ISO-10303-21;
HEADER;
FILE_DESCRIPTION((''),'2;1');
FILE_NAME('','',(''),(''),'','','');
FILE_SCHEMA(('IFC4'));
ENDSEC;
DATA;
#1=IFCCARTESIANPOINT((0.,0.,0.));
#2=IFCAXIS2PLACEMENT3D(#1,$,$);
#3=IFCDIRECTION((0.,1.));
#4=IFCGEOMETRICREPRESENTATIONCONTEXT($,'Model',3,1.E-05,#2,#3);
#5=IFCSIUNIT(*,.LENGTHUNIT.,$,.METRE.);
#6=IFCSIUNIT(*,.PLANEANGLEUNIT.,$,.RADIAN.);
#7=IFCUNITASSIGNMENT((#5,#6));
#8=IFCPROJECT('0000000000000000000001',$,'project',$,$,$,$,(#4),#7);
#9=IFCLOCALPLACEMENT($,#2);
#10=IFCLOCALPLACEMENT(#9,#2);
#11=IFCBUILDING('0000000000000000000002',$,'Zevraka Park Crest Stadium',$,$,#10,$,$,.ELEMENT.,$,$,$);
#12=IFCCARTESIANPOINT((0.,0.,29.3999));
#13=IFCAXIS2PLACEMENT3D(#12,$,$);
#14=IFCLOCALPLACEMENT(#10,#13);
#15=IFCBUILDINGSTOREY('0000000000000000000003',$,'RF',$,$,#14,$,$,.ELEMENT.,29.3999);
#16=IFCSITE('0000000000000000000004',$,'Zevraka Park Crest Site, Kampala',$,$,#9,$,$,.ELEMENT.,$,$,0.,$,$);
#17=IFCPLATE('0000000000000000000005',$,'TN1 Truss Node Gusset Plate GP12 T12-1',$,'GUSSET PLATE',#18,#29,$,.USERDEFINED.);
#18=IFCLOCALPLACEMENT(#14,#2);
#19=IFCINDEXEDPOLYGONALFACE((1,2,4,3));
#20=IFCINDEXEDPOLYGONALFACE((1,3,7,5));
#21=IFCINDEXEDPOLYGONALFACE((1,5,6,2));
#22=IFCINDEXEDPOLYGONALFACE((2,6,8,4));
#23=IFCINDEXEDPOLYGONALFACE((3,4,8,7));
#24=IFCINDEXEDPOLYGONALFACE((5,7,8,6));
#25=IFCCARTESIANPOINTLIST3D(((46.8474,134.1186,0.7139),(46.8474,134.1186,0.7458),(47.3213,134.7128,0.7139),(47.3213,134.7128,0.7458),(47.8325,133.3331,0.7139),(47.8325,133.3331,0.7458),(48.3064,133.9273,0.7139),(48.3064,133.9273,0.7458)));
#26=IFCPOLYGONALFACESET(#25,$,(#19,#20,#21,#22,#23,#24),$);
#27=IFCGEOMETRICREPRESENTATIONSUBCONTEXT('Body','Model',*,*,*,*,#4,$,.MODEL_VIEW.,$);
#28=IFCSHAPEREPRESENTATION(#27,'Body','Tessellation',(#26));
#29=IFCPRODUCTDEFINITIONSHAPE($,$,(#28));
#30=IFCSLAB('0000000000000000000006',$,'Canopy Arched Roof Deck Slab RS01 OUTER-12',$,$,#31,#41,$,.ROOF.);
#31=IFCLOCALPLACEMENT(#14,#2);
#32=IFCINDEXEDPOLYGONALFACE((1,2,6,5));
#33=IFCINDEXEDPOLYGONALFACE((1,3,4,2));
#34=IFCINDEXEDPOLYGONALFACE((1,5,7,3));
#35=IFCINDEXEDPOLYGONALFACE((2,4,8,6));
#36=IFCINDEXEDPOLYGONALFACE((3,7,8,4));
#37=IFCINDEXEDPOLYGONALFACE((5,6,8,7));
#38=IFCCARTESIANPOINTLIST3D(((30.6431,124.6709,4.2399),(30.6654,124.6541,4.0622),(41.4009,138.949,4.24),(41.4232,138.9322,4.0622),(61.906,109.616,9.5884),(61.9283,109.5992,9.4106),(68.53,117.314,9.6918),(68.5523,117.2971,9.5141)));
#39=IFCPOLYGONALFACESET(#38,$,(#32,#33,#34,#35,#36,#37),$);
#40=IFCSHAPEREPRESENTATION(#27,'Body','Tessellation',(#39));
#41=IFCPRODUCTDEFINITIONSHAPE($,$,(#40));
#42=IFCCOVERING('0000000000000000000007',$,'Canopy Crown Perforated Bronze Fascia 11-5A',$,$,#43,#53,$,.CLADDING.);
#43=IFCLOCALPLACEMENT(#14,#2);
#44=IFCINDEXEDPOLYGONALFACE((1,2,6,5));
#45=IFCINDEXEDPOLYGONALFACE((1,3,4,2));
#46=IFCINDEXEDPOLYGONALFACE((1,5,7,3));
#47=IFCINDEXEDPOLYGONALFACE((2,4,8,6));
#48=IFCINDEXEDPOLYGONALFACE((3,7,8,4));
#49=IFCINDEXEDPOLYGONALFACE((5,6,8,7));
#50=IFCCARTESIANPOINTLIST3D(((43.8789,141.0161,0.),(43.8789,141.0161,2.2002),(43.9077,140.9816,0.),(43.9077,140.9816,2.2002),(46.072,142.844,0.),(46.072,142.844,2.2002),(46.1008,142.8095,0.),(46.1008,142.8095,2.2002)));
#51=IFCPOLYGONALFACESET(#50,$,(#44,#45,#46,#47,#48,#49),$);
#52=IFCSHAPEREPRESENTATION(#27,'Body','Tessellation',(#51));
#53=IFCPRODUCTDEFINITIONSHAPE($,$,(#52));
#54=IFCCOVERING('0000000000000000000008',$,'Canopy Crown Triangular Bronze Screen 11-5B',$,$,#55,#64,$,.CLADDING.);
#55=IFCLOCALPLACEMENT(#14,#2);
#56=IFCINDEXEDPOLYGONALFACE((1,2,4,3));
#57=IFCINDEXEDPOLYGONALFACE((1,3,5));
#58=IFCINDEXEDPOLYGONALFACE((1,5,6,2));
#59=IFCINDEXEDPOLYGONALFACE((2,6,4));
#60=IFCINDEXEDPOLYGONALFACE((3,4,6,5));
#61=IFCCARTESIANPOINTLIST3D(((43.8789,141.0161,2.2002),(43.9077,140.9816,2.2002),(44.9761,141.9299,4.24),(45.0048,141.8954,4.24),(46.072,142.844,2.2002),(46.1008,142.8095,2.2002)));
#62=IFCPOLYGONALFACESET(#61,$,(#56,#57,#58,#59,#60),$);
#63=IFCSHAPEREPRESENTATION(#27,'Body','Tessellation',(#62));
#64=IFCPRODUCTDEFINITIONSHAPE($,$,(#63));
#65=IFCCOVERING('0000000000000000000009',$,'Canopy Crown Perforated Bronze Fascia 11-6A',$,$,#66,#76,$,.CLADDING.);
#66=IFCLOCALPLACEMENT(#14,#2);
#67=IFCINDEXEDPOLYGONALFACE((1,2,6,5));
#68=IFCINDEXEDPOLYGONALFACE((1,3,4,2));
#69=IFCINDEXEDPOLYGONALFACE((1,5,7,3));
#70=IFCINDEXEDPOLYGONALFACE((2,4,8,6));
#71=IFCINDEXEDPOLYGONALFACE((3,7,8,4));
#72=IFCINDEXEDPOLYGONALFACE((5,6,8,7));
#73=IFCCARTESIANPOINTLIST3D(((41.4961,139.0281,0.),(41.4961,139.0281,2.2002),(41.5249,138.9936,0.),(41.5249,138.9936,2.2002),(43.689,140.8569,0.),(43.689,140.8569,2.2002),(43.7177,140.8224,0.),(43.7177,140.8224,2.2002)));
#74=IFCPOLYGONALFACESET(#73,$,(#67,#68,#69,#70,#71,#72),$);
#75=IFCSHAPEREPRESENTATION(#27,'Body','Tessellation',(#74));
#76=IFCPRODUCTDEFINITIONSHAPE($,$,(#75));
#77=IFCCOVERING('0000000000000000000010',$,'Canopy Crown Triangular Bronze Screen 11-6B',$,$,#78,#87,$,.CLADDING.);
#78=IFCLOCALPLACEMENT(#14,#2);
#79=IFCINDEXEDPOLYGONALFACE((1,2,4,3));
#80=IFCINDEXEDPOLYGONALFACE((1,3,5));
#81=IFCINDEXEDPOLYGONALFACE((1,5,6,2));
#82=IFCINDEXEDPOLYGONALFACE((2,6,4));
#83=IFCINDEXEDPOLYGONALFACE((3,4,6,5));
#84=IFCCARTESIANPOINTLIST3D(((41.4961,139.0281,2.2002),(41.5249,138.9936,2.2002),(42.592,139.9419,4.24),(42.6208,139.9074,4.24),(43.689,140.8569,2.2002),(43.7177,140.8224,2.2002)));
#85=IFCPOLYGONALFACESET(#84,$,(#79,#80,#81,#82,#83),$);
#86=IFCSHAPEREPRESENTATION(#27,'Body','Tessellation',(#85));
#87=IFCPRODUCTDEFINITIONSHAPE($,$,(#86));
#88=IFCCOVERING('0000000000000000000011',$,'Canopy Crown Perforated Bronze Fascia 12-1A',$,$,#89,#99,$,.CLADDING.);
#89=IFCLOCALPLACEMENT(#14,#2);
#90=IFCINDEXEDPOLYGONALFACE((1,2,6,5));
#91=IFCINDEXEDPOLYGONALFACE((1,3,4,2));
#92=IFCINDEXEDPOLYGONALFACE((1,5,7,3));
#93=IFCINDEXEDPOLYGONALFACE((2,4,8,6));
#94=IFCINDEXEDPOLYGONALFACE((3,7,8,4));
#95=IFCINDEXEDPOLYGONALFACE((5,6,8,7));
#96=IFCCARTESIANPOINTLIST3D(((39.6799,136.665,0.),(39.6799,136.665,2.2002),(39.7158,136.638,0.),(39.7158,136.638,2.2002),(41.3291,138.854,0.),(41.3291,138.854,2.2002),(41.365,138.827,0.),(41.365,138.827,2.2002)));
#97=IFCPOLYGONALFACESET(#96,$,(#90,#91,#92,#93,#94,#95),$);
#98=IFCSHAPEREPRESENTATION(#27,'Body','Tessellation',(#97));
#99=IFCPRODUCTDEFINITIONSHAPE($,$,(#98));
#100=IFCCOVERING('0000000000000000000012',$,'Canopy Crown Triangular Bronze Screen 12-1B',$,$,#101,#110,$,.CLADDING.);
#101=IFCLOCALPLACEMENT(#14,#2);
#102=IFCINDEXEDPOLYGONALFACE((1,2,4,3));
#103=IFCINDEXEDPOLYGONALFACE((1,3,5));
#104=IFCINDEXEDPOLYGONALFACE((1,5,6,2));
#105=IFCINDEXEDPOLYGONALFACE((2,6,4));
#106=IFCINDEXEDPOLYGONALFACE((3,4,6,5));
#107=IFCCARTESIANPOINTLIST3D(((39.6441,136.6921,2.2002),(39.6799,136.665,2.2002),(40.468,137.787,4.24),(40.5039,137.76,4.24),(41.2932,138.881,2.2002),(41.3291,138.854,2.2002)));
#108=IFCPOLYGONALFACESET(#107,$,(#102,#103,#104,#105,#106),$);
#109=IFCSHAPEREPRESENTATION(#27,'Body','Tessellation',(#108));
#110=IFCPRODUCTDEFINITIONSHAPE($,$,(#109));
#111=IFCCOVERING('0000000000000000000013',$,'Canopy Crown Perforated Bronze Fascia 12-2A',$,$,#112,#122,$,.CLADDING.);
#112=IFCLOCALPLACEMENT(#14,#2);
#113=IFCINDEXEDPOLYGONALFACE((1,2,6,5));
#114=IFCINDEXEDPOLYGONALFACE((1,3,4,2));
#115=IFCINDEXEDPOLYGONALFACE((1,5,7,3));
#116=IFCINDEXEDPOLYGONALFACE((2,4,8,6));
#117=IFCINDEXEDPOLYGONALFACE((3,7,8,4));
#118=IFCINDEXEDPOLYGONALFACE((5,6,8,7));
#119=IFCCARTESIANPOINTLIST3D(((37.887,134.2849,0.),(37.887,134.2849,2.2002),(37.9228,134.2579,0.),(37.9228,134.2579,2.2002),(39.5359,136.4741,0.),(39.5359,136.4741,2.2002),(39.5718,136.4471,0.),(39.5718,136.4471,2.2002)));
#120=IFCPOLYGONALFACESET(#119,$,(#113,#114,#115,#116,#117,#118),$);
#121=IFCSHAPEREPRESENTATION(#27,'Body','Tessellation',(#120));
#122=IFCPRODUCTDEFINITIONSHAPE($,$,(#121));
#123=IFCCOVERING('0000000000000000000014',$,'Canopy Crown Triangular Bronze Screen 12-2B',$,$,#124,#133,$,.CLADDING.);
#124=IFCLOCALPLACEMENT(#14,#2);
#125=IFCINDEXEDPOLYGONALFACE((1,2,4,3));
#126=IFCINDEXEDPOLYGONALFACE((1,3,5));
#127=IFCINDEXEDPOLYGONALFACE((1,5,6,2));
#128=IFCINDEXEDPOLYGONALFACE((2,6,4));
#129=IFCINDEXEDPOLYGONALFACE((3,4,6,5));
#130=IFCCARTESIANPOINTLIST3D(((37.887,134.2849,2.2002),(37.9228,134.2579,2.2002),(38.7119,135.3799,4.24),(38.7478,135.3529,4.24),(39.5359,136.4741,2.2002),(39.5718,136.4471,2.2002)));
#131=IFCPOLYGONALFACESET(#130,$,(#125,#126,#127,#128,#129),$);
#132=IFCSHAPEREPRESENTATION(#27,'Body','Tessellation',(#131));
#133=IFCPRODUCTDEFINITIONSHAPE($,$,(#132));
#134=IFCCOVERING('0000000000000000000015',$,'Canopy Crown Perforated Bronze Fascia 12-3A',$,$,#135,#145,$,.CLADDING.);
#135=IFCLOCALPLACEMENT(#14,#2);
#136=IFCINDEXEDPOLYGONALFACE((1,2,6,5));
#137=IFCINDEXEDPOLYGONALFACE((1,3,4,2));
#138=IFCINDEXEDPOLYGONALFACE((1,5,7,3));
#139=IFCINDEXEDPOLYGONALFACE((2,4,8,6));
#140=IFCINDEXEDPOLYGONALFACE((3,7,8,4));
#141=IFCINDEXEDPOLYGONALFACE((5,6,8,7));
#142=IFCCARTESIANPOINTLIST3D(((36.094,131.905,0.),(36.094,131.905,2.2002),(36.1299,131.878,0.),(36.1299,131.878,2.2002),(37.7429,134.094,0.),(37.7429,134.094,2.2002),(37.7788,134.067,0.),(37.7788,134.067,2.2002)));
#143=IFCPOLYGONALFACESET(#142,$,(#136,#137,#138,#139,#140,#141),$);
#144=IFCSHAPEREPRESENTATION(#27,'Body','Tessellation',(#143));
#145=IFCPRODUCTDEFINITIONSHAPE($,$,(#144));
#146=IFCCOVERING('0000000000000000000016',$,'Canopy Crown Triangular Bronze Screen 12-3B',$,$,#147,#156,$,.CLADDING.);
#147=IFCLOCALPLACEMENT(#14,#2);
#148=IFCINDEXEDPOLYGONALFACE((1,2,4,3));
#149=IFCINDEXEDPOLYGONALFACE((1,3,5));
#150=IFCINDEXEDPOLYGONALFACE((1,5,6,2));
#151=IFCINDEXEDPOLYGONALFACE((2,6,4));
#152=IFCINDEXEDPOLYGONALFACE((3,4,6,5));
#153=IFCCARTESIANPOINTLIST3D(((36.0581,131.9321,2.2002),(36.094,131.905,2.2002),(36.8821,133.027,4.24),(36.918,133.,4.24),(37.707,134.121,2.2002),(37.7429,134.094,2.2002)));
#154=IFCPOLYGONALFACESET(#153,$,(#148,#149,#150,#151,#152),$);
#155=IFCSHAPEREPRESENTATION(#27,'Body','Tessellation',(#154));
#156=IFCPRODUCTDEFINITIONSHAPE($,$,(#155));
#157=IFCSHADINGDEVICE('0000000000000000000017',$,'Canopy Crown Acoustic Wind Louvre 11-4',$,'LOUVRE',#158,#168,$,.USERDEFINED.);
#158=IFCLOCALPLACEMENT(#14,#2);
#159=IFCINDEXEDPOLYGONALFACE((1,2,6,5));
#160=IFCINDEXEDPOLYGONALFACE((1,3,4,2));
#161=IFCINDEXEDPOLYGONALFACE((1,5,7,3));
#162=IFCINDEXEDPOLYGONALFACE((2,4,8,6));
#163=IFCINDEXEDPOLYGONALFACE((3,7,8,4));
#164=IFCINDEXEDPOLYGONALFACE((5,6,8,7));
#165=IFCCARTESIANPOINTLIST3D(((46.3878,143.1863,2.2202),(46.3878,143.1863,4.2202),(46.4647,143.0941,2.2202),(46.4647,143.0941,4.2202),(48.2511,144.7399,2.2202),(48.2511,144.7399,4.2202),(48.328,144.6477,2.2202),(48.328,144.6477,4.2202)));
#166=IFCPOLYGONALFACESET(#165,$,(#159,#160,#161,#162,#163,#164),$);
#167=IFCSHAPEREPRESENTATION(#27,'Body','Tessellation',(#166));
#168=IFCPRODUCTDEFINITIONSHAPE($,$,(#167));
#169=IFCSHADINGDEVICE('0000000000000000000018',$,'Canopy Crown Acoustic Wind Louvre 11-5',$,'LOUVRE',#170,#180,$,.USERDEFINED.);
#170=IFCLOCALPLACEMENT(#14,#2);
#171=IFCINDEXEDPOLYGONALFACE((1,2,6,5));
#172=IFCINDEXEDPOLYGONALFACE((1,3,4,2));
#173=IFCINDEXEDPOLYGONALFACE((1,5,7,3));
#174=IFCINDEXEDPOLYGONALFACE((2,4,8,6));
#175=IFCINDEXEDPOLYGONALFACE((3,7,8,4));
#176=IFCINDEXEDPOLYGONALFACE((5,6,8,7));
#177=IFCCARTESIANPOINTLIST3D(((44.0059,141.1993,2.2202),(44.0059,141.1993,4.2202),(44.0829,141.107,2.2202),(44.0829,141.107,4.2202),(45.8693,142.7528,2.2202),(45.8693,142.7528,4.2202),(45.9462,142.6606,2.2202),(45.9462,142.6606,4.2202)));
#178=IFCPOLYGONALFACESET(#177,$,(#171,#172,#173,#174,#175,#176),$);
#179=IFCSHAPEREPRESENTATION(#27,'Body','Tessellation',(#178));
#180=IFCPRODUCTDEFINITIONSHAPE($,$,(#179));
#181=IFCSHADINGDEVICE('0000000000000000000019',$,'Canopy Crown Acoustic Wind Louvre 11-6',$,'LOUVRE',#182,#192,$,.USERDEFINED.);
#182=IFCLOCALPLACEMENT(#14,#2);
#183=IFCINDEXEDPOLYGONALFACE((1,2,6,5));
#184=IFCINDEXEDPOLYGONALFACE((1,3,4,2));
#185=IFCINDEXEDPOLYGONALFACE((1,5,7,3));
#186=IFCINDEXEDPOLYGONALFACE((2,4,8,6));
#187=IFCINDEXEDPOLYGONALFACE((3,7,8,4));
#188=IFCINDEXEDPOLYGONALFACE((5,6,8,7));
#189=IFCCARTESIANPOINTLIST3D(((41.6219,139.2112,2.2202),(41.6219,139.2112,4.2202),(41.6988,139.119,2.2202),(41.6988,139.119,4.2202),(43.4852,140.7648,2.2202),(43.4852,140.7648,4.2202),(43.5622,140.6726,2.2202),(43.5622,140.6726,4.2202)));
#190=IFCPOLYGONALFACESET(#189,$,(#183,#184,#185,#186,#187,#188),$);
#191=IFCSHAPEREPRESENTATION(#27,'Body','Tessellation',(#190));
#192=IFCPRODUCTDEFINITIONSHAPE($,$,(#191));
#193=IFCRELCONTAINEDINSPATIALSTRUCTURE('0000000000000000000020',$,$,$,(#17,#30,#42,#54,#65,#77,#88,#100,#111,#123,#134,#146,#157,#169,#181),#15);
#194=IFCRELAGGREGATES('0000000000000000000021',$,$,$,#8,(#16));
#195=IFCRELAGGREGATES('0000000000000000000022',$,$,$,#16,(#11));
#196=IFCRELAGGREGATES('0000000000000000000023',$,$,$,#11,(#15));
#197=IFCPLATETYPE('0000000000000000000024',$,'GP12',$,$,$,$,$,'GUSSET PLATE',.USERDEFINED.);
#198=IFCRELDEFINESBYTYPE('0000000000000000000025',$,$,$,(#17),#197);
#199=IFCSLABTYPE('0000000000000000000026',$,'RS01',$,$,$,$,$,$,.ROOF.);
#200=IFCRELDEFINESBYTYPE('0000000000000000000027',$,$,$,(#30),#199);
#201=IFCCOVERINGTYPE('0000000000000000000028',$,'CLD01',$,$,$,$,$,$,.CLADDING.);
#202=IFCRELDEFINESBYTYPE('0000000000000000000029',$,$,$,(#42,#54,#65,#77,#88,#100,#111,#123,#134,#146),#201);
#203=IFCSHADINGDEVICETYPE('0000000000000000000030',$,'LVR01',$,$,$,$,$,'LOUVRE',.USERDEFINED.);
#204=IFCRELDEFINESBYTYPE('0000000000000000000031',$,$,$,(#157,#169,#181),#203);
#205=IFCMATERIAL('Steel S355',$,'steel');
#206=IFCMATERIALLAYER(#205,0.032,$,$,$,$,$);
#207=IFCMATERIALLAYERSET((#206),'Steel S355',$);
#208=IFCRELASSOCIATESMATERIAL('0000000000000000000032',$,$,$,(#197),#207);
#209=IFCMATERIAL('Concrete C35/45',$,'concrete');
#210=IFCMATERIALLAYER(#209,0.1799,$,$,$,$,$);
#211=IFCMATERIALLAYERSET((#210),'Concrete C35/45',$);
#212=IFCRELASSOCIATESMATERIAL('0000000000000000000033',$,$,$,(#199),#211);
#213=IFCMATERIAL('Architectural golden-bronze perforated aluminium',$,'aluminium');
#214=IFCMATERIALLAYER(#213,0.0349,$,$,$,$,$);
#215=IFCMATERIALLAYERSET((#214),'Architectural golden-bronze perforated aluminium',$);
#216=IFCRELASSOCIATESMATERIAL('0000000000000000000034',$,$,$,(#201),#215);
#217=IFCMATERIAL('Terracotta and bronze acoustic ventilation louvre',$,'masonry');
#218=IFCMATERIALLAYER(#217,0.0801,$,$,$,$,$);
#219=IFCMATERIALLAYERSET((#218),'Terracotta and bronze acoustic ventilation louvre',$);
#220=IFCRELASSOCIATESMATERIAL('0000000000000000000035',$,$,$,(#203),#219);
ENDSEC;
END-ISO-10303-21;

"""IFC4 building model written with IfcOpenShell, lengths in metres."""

from ifc_helpers import new_model, si_unit, direction, frame, origin, origin_2d, place, context, subcontext, project, spatial, polyline, rectangle, outline, extrude, material, layer, layer_set, type_object, element, save


model = new_model("IFC4")

# Units and contexts
model_context = context("Model", 3, precision=1e-05, world=origin(), true_north=direction((0.0, 1.0)))
body_context = subcontext(model_context, "Body", "Model", "MODEL_VIEW")
ifc_project = project(units=[si_unit("LENGTHUNIT", "METRE"), si_unit("PLANEANGLEUNIT", "RADIAN")], contexts=[model_context])

# Site, building, storey
site_placement = place(None, origin())
site = spatial("IfcSite", under=ifc_project, at=site_placement, Name="Zevraka Park Crest Site, Kampala", CompositionType="ELEMENT", RefElevation=0.0)
building_placement = place(site_placement, origin())
building = spatial("IfcBuilding", under=site, at=building_placement, Name="Zevraka Park Crest Stadium", CompositionType="ELEMENT")
storey_placement = place(building_placement, frame((0.0, 0.0, 29.3999)))
storey = spatial("IfcBuildingStorey", under=building, at=storey_placement, Name="RF", CompositionType="ELEMENT", Elevation=29.3999)

# Plate
ifc_material_1 = material(Name="Steel S355", Category="steel")
ifc_layer_1 = layer(ifc_material_1, 0.032)
ifc_layer_set_1 = layer_set([ifc_layer_1], Name="Steel S355")
plate_type_1 = type_object("IfcPlateType", Name="GP12", ElementType="GUSSET PLATE", PredefinedType="USERDEFINED", material=ifc_layer_set_1)
plate_1_placement = place(storey_placement, frame((47.5769, 134.0229, 0.7139), z_axis=(0.0, 0.0, 1.0), x_axis=(-0.781847, 0.62347, 0.0)))
element("IfcPlate", 1, at=plate_1_placement, inside=storey, type_object=plate_type_1, Name="TN1 Truss Node Gusset Plate GP12 T12-1", ObjectType="GUSSET PLATE", PredefinedType="USERDEFINED", context=body_context, shape_type="SweptSolid", body=[
    extrude(rectangle(XDim=1.26, YDim=0.76, at=origin_2d()), origin(), (0.0, 0.0, 1.0), 0.032),
])

# Slab
ifc_material_2 = material(Name="Concrete C35/45", Category="concrete")
ifc_layer_2 = layer(ifc_material_2, 0.1799)
ifc_layer_set_2 = layer_set([ifc_layer_2], Name="Concrete C35/45")
slab_type = type_object("IfcSlabType", Name="RS01", PredefinedType="ROOF", material=ifc_layer_set_2)
slab_placement = place(storey_placement, frame((41.4009, 138.949, 4.24), z_axis=(-0.124011, 0.093433, 0.987872), x_axis=(-0.601762, -0.798676, -0.000003)))
element("IfcSlab", 2, at=slab_placement, inside=storey, type_object=slab_type, Name="Canopy Arched Roof Deck Slab RS01 OUTER-12", PredefinedType="ROOF", context=body_context, shape_type="SweptSolid", body=[
    extrude(outline(polyline([(0.0, 0.0), (17.8772, 0.0), (11.0884, 34.4462), (0.9541, 35.1124), (0.0, 0.0)])), origin(), (0.0, 0.0, -1.0), 0.1799),
])

# Coverings
ifc_material_3 = material(Name="Architectural golden-bronze perforated aluminium", Category="aluminium")
ifc_layer_3 = layer(ifc_material_3, 0.0349)
ifc_layer_set_3 = layer_set([ifc_layer_3], Name="Architectural golden-bronze perforated aluminium")
covering_type_1 = type_object("IfcCoveringType", Name="CLD01", PredefinedType="CLADDING", material=ifc_layer_set_3)
covering_1_placement = place(storey_placement, frame((46.072, 142.844, 0.0), z_axis=(-0.640243, 0.768172, 0.0), x_axis=(-0.768172, -0.640243, 0.0)))
element("IfcCovering", 3, at=covering_1_placement, inside=storey, type_object=covering_type_1, Name="Canopy Crown Perforated Bronze Fascia 11-5A", PredefinedType="CLADDING", context=body_context, shape_type="SweptSolid", body=[
    extrude(outline(polyline([(0.0, 0.0), (2.855, 0.0), (2.855, 2.2002), (0.0, 2.2002), (0.0, 0.0)])), origin(), (0.0, 0.0, -1.0), 0.0449),
])
covering_2_placement = place(storey_placement, frame((46.072, 142.844, 2.2002), z_axis=(-0.640243, 0.768172, 0.000238), x_axis=(-0.768172, -0.640243, 0.0)))
element("IfcCovering", 4, at=covering_2_placement, inside=storey, type_object=covering_type_1, Name="Canopy Crown Triangular Bronze Screen 11-5B", PredefinedType="CLADDING", context=body_context, shape_type="SweptSolid", body=[
    extrude(outline(polyline([(0.0, 0.0), (2.855, 0.0), (1.4271, 2.0398), (0.0, 0.0)])), origin(), (0.0, 0.0, -1.0), 0.0449),
])
covering_3_placement = place(storey_placement, frame((43.689, 140.8569, 0.0), z_axis=(-0.640487, 0.767969, 0.0), x_axis=(-0.767969, -0.640487, 0.0)))
element("IfcCovering", 5, at=covering_3_placement, inside=storey, type_object=covering_type_1, Name="Canopy Crown Perforated Bronze Fascia 11-6A", PredefinedType="CLADDING", context=body_context, shape_type="SweptSolid", body=[
    extrude(outline(polyline([(0.0, 0.0), (2.8554, 0.0), (2.8554, 2.2002), (0.0, 2.2002), (0.0, 0.0)])), origin(), (0.0, 0.0, -1.0), 0.0449),
])
covering_4_placement = place(storey_placement, frame((43.689, 140.8569, 2.2002), z_axis=(-0.640487, 0.767969, 0.000076), x_axis=(-0.767969, -0.640487, 0.0)))
element("IfcCovering", 6, at=covering_4_placement, inside=storey, type_object=covering_type_1, Name="Canopy Crown Triangular Bronze Screen 11-6B", PredefinedType="CLADDING", context=body_context, shape_type="SweptSolid", body=[
    extrude(outline(polyline([(0.0, 0.0), (2.8554, 0.0), (1.4285, 2.0398), (0.0, 0.0)])), origin(), (0.0, 0.0, -1.0), 0.0449),
])
covering_5_placement = place(storey_placement, frame((41.3291, 138.854, 0.0), z_axis=(-0.798694, 0.601737, 0.0), x_axis=(-0.601737, -0.798694, 0.0)))
element("IfcCovering", 7, at=covering_5_placement, inside=storey, type_object=covering_type_1, Name="Canopy Crown Perforated Bronze Fascia 12-1A", PredefinedType="CLADDING", context=body_context, shape_type="SweptSolid", body=[
    extrude(outline(polyline([(0.0, 0.0), (2.7407, 0.0), (2.7407, 2.2002), (0.0, 2.2002), (0.0, 0.0)])), origin(), (0.0, 0.0, -1.0), 0.0449),
])
covering_6_placement = place(storey_placement, frame((41.3291, 138.854, 2.2002), z_axis=(0.798694, -0.601737, 0.000383), x_axis=(-0.601737, -0.798694, 0.0)))
element("IfcCovering", 8, at=covering_6_placement, inside=storey, type_object=covering_type_1, Name="Canopy Crown Triangular Bronze Screen 12-1B", PredefinedType="CLADDING", context=body_context, shape_type="SweptSolid", body=[
    extrude(outline(polyline([(0.0, 0.0), (2.7407, 0.0), (1.3703, -2.0398), (0.0, 0.0)])), origin(), (0.0, 0.0, -1.0), 0.0449),
])
covering_7_placement = place(storey_placement, frame((39.5359, 136.4741, 0.0), z_axis=(-0.798769, 0.601638, 0.0), x_axis=(-0.601638, -0.798769, 0.0)))
element("IfcCovering", 9, at=covering_7_placement, inside=storey, type_object=covering_type_1, Name="Canopy Crown Perforated Bronze Fascia 12-2A", PredefinedType="CLADDING", context=body_context, shape_type="SweptSolid", body=[
    extrude(outline(polyline([(0.0, 0.0), (2.7407, 0.0), (2.7407, 2.2002), (0.0, 2.2002), (0.0, 0.0)])), origin(), (0.0, 0.0, -1.0), 0.0449),
])
covering_8_placement = place(storey_placement, frame((39.5359, 136.4741, 2.2002), z_axis=(-0.798769, 0.601638, 0.000083), x_axis=(-0.601638, -0.798769, 0.0)))
element("IfcCovering", 10, at=covering_8_placement, inside=storey, type_object=covering_type_1, Name="Canopy Crown Triangular Bronze Screen 12-2B", PredefinedType="CLADDING", context=body_context, shape_type="SweptSolid", body=[
    extrude(outline(polyline([(0.0, 0.0), (2.7407, 0.0), (1.3698, 2.0398), (0.0, 0.0)])), origin(), (0.0, 0.0, -1.0), 0.0449),
])
covering_9_placement = place(storey_placement, frame((37.7429, 134.094, 0.0), z_axis=(-0.798737, 0.601681, 0.0), x_axis=(-0.601681, -0.798737, 0.0)))
element("IfcCovering", 11, at=covering_9_placement, inside=storey, type_object=covering_type_1, Name="Canopy Crown Perforated Bronze Fascia 12-3A", PredefinedType="CLADDING", context=body_context, shape_type="SweptSolid", body=[
    extrude(outline(polyline([(0.0, 0.0), (2.7405, 0.0), (2.7405, 2.2002), (0.0, 2.2002), (0.0, 0.0)])), origin(), (0.0, 0.0, -1.0), 0.0449),
])
covering_10_placement = place(storey_placement, frame((37.7429, 134.094, 2.2002), z_axis=(0.798737, -0.601681, 0.000335), x_axis=(-0.601681, -0.798737, 0.0)))
element("IfcCovering", 12, at=covering_10_placement, inside=storey, type_object=covering_type_1, Name="Canopy Crown Triangular Bronze Screen 12-3B", PredefinedType="CLADDING", context=body_context, shape_type="SweptSolid", body=[
    extrude(outline(polyline([(0.0, 0.0), (2.7405, 0.0), (1.3702, -2.0398), (0.0, 0.0)])), origin(), (0.0, 0.0, -1.0), 0.0449),
])

# Shading devices
ifc_material_4 = material(Name="Terracotta and bronze acoustic ventilation louvre", Category="masonry")
ifc_layer_4 = layer(ifc_material_4, 0.0801)
ifc_layer_set_4 = layer_set([ifc_layer_4], Name="Terracotta and bronze acoustic ventilation louvre")
shading_device_type = type_object("IfcShadingDeviceType", Name="LVR01", ElementType="LOUVRE", PredefinedType="USERDEFINED", material=ifc_layer_set_4)
for number, where, z_axis, x_axis, name in (
    (13, (47.3579, 143.917, 2.2202), (0.0, 0.0, 1.0), (-0.76806, -0.640378, 0.0), "Canopy Crown Acoustic Wind Louvre 11-4"),
    (14, (44.9761, 141.9299, 2.2202), (0.0, 0.0, 1.0), (-0.76806, -0.640378, 0.0), "Canopy Crown Acoustic Wind Louvre 11-5"),
    (15, (42.592, 139.9419, 2.2202), (0.0, 0.0, 1.0), (-0.76806, -0.640378, 0.0), "Canopy Crown Acoustic Wind Louvre 11-6"),
):
    element("IfcShadingDevice", number, at=place(storey_placement, frame(where, z_axis=z_axis, x_axis=x_axis)), inside=storey, type_object=shading_device_type, Name=name, ObjectType="LOUVRE", PredefinedType="USERDEFINED", context=body_context, shape_type="SweptSolid", body=[
        extrude(rectangle(XDim=2.426, YDim=0.1201, at=origin_2d()), origin(), (0.0, 0.0, 1.0), 2.0),
    ])

save(model, "model.ifc")
